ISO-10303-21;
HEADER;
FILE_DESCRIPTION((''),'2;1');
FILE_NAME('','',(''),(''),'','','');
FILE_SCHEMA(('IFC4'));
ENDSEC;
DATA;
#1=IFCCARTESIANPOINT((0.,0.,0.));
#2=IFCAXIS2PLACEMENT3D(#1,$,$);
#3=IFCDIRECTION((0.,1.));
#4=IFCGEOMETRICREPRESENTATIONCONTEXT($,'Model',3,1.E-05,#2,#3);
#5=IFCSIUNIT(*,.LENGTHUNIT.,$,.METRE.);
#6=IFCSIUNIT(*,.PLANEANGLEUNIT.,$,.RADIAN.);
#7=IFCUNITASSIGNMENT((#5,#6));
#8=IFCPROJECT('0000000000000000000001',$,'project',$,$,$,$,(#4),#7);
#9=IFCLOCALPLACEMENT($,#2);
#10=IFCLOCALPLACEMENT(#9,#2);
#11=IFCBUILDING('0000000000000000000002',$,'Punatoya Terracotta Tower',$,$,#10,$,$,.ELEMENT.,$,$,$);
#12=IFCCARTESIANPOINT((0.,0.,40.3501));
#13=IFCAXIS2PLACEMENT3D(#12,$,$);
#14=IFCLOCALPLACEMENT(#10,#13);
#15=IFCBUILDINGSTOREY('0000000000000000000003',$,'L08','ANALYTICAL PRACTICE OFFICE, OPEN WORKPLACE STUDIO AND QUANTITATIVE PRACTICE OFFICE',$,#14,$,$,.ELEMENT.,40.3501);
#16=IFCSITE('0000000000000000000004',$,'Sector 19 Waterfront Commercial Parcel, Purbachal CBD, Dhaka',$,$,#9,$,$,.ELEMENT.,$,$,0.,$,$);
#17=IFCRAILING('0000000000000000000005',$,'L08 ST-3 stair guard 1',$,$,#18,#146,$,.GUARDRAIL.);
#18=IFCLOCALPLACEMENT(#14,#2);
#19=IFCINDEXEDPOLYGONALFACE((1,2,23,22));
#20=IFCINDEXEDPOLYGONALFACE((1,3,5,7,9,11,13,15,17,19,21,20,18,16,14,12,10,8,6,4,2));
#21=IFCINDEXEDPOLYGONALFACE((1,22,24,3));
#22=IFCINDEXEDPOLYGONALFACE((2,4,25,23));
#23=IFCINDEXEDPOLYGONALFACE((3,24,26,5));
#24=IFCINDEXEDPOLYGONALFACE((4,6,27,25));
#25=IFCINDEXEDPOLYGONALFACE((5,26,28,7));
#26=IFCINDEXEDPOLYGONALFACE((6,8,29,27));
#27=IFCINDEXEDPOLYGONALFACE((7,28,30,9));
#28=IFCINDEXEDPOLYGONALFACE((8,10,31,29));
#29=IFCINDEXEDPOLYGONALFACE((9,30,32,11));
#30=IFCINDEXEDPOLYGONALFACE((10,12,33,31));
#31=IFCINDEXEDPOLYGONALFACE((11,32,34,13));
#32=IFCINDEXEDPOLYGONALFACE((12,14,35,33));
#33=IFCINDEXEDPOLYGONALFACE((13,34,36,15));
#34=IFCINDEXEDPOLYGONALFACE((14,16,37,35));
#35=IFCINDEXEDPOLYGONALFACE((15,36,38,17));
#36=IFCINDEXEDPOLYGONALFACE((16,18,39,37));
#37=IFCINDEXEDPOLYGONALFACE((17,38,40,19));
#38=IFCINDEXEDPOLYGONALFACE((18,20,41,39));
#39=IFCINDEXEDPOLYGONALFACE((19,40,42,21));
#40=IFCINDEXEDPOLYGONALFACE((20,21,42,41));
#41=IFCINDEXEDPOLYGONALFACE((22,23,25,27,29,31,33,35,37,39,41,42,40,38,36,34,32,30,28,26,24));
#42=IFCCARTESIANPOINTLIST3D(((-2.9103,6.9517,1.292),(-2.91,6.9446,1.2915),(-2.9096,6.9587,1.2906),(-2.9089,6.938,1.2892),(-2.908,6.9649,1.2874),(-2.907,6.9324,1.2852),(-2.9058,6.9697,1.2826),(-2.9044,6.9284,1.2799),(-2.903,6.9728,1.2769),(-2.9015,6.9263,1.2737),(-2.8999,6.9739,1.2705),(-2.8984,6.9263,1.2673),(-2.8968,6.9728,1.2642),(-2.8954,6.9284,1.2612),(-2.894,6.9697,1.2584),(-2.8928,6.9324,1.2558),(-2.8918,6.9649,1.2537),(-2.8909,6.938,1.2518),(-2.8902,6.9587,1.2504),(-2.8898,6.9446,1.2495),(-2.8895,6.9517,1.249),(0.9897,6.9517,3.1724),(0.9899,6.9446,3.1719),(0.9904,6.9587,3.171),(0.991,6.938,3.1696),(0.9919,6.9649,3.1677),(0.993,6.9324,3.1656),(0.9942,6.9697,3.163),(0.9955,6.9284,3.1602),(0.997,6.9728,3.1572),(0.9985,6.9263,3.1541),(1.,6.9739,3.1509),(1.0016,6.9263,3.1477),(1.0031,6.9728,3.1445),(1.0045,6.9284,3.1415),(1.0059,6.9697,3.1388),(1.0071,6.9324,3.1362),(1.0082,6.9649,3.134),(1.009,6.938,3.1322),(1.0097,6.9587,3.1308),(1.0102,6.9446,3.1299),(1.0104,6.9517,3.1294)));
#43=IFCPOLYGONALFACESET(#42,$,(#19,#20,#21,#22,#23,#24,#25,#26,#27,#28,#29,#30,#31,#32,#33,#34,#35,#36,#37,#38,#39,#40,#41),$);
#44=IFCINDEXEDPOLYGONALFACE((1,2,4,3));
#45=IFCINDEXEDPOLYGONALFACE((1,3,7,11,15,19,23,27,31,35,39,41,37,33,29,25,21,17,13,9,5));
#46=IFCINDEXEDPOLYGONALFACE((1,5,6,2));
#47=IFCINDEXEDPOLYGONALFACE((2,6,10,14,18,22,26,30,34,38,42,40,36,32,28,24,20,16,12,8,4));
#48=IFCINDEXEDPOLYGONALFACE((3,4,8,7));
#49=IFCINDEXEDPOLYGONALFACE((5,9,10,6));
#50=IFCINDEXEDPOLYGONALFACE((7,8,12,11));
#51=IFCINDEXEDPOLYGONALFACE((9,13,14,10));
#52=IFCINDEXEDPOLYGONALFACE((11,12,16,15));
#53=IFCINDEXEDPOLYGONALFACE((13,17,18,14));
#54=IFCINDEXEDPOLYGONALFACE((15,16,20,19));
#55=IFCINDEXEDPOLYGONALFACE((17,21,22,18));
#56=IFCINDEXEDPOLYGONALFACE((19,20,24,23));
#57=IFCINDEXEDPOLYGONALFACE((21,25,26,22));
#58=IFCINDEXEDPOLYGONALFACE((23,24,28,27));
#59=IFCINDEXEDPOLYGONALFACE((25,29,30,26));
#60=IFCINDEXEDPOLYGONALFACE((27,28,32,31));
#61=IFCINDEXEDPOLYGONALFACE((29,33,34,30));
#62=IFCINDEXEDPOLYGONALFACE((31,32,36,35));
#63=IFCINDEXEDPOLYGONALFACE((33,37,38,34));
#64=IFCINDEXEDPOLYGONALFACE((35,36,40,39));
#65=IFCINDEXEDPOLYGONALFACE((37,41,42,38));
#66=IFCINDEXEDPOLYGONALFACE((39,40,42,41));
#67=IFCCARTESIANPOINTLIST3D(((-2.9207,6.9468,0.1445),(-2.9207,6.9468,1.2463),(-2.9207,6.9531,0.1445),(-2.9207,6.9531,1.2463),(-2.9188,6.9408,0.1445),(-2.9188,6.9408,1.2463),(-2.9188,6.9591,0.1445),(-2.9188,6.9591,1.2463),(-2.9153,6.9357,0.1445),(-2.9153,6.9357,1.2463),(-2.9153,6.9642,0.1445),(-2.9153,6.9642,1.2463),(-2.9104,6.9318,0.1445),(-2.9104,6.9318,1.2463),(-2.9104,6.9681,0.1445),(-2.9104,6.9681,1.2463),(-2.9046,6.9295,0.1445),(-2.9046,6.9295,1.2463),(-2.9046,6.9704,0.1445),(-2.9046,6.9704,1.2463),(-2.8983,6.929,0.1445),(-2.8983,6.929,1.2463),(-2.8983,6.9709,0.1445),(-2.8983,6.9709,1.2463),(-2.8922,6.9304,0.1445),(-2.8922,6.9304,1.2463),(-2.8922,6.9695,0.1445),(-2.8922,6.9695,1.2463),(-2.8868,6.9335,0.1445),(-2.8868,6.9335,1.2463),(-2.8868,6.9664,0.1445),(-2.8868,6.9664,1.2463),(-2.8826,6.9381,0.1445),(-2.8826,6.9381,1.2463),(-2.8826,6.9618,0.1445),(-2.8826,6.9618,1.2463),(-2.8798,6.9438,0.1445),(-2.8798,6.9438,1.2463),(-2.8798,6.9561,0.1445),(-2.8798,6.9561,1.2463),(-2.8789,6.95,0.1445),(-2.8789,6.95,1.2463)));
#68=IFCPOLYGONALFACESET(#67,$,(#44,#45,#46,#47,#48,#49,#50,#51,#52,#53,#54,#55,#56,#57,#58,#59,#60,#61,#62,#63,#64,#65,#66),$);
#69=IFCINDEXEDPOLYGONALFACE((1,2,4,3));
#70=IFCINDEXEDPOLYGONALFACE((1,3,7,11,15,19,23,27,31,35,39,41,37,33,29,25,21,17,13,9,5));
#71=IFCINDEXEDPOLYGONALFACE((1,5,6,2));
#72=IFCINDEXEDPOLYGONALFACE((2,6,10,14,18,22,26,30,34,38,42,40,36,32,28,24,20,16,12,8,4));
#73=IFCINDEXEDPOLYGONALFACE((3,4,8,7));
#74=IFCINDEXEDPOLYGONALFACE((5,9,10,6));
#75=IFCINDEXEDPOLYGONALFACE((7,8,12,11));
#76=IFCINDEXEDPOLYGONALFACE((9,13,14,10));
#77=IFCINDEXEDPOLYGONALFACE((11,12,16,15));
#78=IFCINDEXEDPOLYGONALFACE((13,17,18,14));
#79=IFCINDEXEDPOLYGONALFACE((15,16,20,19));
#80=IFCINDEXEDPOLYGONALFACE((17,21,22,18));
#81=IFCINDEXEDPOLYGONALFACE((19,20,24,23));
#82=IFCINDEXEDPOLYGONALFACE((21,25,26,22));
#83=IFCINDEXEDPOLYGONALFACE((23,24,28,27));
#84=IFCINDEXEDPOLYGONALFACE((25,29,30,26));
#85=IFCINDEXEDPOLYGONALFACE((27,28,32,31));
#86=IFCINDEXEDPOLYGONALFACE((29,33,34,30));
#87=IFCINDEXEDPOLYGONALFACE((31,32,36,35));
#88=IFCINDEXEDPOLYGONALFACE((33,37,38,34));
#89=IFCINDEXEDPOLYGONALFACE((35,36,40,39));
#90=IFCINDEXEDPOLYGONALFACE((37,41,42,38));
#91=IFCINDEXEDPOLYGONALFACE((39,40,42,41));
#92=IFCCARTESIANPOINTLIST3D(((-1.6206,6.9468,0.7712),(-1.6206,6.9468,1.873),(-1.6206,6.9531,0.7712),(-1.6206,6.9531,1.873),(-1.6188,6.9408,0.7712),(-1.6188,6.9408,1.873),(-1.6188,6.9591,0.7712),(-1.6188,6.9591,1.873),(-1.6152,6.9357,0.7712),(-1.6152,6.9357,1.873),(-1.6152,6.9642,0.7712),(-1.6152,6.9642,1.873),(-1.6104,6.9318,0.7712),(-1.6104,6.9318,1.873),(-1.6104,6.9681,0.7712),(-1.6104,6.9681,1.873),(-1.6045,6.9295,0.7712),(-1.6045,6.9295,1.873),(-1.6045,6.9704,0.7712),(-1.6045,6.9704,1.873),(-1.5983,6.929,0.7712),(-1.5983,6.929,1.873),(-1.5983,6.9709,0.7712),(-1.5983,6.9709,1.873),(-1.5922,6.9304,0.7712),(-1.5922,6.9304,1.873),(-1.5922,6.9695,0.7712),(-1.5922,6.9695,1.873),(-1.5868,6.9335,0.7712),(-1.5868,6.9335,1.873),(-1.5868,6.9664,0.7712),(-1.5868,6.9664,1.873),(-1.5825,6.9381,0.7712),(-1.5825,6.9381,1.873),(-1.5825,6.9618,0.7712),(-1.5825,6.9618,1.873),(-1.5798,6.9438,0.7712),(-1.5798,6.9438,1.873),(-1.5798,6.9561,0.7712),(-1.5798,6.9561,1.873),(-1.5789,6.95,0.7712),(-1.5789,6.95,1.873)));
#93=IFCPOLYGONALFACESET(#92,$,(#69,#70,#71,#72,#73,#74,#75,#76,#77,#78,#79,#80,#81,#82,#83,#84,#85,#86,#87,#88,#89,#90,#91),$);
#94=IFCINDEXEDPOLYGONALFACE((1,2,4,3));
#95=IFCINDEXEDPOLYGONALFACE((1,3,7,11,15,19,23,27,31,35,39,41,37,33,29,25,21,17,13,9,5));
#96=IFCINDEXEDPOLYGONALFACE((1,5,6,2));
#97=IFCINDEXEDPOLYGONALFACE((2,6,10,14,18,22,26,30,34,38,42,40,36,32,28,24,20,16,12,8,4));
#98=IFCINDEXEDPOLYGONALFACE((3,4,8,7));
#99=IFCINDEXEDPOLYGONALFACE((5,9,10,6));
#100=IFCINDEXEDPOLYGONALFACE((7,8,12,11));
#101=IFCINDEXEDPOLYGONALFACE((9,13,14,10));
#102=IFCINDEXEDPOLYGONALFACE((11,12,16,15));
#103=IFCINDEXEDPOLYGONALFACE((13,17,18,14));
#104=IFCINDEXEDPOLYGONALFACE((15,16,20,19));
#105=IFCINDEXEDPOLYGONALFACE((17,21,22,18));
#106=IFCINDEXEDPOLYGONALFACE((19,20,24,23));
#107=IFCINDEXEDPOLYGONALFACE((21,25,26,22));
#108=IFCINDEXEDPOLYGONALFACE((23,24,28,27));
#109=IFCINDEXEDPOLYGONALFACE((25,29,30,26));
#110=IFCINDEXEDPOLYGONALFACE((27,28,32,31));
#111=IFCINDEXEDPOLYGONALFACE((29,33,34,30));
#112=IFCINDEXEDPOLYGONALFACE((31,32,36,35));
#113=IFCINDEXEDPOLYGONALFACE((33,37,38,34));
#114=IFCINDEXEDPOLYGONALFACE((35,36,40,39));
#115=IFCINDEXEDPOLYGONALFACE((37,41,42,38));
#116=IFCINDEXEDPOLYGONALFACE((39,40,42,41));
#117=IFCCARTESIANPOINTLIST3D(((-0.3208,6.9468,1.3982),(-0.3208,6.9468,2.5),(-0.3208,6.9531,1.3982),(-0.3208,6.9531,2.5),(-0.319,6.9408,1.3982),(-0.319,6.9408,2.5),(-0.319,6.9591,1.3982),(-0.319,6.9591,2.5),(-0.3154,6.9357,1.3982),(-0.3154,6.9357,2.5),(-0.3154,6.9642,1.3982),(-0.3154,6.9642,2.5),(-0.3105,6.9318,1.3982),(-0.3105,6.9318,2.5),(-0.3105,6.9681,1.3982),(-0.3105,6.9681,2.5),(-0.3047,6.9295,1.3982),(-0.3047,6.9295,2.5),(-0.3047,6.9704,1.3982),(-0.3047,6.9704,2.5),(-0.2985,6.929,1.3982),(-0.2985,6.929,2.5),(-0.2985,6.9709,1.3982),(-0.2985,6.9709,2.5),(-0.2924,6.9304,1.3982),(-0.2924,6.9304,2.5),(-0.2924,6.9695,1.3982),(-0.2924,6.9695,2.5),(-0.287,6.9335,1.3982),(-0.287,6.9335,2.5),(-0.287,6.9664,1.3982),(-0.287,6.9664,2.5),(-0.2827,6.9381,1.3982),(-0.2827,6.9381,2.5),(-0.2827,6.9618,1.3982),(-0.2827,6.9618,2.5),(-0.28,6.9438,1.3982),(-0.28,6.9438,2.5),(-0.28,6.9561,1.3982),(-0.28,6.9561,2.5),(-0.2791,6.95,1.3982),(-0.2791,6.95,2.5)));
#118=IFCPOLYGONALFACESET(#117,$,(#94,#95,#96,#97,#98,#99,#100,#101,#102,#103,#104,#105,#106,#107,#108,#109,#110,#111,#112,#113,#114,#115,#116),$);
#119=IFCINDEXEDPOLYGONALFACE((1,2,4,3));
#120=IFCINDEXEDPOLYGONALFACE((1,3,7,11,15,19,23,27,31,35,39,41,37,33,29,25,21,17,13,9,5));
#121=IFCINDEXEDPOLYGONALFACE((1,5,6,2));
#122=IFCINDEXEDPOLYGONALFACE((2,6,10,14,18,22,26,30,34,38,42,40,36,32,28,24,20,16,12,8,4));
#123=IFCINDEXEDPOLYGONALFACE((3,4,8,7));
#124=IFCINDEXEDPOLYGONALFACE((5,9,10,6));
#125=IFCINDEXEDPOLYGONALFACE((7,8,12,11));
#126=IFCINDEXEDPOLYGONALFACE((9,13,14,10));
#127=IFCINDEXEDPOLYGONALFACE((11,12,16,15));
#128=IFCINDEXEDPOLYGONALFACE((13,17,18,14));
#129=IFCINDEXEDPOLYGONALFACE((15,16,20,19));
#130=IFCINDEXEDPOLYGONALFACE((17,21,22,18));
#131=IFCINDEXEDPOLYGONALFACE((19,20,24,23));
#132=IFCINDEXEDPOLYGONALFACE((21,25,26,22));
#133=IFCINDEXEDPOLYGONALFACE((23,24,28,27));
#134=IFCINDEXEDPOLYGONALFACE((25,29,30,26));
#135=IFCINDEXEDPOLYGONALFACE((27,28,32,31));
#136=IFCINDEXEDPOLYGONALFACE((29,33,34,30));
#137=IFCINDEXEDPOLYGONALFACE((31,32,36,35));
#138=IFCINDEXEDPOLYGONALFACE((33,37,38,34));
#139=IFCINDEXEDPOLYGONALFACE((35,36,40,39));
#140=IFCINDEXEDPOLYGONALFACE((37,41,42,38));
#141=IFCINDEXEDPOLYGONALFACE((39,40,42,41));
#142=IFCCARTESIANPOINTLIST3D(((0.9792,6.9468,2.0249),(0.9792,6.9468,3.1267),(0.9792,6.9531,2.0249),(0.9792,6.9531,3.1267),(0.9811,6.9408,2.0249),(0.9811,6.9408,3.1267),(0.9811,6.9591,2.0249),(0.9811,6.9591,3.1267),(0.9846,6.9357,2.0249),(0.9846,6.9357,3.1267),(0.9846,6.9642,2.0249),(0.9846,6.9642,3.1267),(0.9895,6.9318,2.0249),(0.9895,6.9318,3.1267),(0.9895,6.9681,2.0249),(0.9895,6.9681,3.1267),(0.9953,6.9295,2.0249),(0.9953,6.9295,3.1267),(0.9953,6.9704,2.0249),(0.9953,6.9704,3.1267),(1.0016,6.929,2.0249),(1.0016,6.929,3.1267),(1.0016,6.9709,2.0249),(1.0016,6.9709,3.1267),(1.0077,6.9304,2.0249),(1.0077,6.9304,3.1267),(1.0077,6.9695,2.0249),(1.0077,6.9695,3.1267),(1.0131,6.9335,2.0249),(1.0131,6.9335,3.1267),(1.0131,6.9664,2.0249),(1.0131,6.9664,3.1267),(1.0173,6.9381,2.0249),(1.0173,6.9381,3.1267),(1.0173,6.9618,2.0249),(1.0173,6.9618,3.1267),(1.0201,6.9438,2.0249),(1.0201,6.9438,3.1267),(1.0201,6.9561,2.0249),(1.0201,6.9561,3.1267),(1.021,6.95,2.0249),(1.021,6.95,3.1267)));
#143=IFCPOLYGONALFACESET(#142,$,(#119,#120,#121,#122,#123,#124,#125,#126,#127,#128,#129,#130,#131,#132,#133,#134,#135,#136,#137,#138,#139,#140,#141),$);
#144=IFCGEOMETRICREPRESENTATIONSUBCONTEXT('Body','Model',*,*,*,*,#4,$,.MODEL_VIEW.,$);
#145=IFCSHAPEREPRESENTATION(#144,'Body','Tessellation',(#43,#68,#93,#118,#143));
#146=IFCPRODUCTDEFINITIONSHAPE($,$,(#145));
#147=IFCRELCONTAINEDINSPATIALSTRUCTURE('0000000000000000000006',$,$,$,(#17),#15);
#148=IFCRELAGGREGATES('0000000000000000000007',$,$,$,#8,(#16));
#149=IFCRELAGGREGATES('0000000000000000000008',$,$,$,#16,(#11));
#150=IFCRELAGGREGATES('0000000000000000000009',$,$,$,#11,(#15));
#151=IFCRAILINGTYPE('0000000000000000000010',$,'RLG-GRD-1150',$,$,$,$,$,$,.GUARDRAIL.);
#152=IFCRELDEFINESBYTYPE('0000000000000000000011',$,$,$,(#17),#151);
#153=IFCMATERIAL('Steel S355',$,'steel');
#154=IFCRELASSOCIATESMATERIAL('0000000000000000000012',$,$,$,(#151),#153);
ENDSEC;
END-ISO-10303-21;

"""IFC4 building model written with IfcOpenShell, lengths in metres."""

from ifc_helpers import new_model, si_unit, direction, frame, origin, origin_2d, place, context, subcontext, project, spatial, circle, extrude, material, type_object, element, save


model = new_model("IFC4")

# Units and contexts
model_context = context("Model", 3, precision=1e-05, world=origin(), true_north=direction((0.0, 1.0)))
body_context = subcontext(model_context, "Body", "Model", "MODEL_VIEW")
ifc_project = project(units=[si_unit("LENGTHUNIT", "METRE"), si_unit("PLANEANGLEUNIT", "RADIAN")], contexts=[model_context])

# Site, building, storey
site_placement = place(None, origin())
site = spatial("IfcSite", under=ifc_project, at=site_placement, Name="Sector 19 Waterfront Commercial Parcel, Purbachal CBD, Dhaka", CompositionType="ELEMENT", RefElevation=0.0)
building_placement = place(site_placement, origin())
building = spatial("IfcBuilding", under=site, at=building_placement, Name="Punatoya Terracotta Tower", CompositionType="ELEMENT")
storey_placement = place(building_placement, frame((0.0, 0.0, 40.3501)))
storey = spatial("IfcBuildingStorey", under=building, at=storey_placement, Name="L08", Description="ANALYTICAL PRACTICE OFFICE, OPEN WORKPLACE STUDIO AND QUANTITATIVE PRACTICE OFFICE", CompositionType="ELEMENT", Elevation=40.3501)

# Shared definitions
ifc_material_1 = material(Name="Steel S355", Category="steel")

# Railing
railing_type_1 = type_object("IfcRailingType", Name="RLG-GRD-1150", PredefinedType="GUARDRAIL", material=ifc_material_1)
railing_1_placement = place(storey_placement, frame((-2.8999, 6.95, 0.1445)))
element("IfcRailing", 1, at=railing_1_placement, inside=storey, type_object=railing_type_1, Name="L08 ST-3 stair guard 1", PredefinedType="GUARDRAIL", context=body_context, shape_type="SweptSolid", body=[
    extrude(circle(Radius=0.0239, at=origin_2d()), frame((0.0, 0.0, 1.126), z_axis=(0.900763, 0.0, 0.434311), x_axis=(0.0, 1.0, 0.0)), (0.0, 0.0, 1.0), 4.3296),
    extrude(circle(Radius=0.021, at=origin_2d()), origin(), (0.0, 0.0, 1.0), 1.1018),
    extrude(circle(Radius=0.021, at=origin_2d()), frame((1.3, 0.0, 0.6267)), (0.0, 0.0, 1.0), 1.1018),
    extrude(circle(Radius=0.021, at=origin_2d()), frame((2.5999, 0.0, 1.2537)), (0.0, 0.0, 1.0), 1.1018),
    extrude(circle(Radius=0.021, at=origin_2d()), frame((3.8999, 0.0, 1.8804)), (0.0, 0.0, 1.0), 1.1018),
])

save(model, "model.ifc")
